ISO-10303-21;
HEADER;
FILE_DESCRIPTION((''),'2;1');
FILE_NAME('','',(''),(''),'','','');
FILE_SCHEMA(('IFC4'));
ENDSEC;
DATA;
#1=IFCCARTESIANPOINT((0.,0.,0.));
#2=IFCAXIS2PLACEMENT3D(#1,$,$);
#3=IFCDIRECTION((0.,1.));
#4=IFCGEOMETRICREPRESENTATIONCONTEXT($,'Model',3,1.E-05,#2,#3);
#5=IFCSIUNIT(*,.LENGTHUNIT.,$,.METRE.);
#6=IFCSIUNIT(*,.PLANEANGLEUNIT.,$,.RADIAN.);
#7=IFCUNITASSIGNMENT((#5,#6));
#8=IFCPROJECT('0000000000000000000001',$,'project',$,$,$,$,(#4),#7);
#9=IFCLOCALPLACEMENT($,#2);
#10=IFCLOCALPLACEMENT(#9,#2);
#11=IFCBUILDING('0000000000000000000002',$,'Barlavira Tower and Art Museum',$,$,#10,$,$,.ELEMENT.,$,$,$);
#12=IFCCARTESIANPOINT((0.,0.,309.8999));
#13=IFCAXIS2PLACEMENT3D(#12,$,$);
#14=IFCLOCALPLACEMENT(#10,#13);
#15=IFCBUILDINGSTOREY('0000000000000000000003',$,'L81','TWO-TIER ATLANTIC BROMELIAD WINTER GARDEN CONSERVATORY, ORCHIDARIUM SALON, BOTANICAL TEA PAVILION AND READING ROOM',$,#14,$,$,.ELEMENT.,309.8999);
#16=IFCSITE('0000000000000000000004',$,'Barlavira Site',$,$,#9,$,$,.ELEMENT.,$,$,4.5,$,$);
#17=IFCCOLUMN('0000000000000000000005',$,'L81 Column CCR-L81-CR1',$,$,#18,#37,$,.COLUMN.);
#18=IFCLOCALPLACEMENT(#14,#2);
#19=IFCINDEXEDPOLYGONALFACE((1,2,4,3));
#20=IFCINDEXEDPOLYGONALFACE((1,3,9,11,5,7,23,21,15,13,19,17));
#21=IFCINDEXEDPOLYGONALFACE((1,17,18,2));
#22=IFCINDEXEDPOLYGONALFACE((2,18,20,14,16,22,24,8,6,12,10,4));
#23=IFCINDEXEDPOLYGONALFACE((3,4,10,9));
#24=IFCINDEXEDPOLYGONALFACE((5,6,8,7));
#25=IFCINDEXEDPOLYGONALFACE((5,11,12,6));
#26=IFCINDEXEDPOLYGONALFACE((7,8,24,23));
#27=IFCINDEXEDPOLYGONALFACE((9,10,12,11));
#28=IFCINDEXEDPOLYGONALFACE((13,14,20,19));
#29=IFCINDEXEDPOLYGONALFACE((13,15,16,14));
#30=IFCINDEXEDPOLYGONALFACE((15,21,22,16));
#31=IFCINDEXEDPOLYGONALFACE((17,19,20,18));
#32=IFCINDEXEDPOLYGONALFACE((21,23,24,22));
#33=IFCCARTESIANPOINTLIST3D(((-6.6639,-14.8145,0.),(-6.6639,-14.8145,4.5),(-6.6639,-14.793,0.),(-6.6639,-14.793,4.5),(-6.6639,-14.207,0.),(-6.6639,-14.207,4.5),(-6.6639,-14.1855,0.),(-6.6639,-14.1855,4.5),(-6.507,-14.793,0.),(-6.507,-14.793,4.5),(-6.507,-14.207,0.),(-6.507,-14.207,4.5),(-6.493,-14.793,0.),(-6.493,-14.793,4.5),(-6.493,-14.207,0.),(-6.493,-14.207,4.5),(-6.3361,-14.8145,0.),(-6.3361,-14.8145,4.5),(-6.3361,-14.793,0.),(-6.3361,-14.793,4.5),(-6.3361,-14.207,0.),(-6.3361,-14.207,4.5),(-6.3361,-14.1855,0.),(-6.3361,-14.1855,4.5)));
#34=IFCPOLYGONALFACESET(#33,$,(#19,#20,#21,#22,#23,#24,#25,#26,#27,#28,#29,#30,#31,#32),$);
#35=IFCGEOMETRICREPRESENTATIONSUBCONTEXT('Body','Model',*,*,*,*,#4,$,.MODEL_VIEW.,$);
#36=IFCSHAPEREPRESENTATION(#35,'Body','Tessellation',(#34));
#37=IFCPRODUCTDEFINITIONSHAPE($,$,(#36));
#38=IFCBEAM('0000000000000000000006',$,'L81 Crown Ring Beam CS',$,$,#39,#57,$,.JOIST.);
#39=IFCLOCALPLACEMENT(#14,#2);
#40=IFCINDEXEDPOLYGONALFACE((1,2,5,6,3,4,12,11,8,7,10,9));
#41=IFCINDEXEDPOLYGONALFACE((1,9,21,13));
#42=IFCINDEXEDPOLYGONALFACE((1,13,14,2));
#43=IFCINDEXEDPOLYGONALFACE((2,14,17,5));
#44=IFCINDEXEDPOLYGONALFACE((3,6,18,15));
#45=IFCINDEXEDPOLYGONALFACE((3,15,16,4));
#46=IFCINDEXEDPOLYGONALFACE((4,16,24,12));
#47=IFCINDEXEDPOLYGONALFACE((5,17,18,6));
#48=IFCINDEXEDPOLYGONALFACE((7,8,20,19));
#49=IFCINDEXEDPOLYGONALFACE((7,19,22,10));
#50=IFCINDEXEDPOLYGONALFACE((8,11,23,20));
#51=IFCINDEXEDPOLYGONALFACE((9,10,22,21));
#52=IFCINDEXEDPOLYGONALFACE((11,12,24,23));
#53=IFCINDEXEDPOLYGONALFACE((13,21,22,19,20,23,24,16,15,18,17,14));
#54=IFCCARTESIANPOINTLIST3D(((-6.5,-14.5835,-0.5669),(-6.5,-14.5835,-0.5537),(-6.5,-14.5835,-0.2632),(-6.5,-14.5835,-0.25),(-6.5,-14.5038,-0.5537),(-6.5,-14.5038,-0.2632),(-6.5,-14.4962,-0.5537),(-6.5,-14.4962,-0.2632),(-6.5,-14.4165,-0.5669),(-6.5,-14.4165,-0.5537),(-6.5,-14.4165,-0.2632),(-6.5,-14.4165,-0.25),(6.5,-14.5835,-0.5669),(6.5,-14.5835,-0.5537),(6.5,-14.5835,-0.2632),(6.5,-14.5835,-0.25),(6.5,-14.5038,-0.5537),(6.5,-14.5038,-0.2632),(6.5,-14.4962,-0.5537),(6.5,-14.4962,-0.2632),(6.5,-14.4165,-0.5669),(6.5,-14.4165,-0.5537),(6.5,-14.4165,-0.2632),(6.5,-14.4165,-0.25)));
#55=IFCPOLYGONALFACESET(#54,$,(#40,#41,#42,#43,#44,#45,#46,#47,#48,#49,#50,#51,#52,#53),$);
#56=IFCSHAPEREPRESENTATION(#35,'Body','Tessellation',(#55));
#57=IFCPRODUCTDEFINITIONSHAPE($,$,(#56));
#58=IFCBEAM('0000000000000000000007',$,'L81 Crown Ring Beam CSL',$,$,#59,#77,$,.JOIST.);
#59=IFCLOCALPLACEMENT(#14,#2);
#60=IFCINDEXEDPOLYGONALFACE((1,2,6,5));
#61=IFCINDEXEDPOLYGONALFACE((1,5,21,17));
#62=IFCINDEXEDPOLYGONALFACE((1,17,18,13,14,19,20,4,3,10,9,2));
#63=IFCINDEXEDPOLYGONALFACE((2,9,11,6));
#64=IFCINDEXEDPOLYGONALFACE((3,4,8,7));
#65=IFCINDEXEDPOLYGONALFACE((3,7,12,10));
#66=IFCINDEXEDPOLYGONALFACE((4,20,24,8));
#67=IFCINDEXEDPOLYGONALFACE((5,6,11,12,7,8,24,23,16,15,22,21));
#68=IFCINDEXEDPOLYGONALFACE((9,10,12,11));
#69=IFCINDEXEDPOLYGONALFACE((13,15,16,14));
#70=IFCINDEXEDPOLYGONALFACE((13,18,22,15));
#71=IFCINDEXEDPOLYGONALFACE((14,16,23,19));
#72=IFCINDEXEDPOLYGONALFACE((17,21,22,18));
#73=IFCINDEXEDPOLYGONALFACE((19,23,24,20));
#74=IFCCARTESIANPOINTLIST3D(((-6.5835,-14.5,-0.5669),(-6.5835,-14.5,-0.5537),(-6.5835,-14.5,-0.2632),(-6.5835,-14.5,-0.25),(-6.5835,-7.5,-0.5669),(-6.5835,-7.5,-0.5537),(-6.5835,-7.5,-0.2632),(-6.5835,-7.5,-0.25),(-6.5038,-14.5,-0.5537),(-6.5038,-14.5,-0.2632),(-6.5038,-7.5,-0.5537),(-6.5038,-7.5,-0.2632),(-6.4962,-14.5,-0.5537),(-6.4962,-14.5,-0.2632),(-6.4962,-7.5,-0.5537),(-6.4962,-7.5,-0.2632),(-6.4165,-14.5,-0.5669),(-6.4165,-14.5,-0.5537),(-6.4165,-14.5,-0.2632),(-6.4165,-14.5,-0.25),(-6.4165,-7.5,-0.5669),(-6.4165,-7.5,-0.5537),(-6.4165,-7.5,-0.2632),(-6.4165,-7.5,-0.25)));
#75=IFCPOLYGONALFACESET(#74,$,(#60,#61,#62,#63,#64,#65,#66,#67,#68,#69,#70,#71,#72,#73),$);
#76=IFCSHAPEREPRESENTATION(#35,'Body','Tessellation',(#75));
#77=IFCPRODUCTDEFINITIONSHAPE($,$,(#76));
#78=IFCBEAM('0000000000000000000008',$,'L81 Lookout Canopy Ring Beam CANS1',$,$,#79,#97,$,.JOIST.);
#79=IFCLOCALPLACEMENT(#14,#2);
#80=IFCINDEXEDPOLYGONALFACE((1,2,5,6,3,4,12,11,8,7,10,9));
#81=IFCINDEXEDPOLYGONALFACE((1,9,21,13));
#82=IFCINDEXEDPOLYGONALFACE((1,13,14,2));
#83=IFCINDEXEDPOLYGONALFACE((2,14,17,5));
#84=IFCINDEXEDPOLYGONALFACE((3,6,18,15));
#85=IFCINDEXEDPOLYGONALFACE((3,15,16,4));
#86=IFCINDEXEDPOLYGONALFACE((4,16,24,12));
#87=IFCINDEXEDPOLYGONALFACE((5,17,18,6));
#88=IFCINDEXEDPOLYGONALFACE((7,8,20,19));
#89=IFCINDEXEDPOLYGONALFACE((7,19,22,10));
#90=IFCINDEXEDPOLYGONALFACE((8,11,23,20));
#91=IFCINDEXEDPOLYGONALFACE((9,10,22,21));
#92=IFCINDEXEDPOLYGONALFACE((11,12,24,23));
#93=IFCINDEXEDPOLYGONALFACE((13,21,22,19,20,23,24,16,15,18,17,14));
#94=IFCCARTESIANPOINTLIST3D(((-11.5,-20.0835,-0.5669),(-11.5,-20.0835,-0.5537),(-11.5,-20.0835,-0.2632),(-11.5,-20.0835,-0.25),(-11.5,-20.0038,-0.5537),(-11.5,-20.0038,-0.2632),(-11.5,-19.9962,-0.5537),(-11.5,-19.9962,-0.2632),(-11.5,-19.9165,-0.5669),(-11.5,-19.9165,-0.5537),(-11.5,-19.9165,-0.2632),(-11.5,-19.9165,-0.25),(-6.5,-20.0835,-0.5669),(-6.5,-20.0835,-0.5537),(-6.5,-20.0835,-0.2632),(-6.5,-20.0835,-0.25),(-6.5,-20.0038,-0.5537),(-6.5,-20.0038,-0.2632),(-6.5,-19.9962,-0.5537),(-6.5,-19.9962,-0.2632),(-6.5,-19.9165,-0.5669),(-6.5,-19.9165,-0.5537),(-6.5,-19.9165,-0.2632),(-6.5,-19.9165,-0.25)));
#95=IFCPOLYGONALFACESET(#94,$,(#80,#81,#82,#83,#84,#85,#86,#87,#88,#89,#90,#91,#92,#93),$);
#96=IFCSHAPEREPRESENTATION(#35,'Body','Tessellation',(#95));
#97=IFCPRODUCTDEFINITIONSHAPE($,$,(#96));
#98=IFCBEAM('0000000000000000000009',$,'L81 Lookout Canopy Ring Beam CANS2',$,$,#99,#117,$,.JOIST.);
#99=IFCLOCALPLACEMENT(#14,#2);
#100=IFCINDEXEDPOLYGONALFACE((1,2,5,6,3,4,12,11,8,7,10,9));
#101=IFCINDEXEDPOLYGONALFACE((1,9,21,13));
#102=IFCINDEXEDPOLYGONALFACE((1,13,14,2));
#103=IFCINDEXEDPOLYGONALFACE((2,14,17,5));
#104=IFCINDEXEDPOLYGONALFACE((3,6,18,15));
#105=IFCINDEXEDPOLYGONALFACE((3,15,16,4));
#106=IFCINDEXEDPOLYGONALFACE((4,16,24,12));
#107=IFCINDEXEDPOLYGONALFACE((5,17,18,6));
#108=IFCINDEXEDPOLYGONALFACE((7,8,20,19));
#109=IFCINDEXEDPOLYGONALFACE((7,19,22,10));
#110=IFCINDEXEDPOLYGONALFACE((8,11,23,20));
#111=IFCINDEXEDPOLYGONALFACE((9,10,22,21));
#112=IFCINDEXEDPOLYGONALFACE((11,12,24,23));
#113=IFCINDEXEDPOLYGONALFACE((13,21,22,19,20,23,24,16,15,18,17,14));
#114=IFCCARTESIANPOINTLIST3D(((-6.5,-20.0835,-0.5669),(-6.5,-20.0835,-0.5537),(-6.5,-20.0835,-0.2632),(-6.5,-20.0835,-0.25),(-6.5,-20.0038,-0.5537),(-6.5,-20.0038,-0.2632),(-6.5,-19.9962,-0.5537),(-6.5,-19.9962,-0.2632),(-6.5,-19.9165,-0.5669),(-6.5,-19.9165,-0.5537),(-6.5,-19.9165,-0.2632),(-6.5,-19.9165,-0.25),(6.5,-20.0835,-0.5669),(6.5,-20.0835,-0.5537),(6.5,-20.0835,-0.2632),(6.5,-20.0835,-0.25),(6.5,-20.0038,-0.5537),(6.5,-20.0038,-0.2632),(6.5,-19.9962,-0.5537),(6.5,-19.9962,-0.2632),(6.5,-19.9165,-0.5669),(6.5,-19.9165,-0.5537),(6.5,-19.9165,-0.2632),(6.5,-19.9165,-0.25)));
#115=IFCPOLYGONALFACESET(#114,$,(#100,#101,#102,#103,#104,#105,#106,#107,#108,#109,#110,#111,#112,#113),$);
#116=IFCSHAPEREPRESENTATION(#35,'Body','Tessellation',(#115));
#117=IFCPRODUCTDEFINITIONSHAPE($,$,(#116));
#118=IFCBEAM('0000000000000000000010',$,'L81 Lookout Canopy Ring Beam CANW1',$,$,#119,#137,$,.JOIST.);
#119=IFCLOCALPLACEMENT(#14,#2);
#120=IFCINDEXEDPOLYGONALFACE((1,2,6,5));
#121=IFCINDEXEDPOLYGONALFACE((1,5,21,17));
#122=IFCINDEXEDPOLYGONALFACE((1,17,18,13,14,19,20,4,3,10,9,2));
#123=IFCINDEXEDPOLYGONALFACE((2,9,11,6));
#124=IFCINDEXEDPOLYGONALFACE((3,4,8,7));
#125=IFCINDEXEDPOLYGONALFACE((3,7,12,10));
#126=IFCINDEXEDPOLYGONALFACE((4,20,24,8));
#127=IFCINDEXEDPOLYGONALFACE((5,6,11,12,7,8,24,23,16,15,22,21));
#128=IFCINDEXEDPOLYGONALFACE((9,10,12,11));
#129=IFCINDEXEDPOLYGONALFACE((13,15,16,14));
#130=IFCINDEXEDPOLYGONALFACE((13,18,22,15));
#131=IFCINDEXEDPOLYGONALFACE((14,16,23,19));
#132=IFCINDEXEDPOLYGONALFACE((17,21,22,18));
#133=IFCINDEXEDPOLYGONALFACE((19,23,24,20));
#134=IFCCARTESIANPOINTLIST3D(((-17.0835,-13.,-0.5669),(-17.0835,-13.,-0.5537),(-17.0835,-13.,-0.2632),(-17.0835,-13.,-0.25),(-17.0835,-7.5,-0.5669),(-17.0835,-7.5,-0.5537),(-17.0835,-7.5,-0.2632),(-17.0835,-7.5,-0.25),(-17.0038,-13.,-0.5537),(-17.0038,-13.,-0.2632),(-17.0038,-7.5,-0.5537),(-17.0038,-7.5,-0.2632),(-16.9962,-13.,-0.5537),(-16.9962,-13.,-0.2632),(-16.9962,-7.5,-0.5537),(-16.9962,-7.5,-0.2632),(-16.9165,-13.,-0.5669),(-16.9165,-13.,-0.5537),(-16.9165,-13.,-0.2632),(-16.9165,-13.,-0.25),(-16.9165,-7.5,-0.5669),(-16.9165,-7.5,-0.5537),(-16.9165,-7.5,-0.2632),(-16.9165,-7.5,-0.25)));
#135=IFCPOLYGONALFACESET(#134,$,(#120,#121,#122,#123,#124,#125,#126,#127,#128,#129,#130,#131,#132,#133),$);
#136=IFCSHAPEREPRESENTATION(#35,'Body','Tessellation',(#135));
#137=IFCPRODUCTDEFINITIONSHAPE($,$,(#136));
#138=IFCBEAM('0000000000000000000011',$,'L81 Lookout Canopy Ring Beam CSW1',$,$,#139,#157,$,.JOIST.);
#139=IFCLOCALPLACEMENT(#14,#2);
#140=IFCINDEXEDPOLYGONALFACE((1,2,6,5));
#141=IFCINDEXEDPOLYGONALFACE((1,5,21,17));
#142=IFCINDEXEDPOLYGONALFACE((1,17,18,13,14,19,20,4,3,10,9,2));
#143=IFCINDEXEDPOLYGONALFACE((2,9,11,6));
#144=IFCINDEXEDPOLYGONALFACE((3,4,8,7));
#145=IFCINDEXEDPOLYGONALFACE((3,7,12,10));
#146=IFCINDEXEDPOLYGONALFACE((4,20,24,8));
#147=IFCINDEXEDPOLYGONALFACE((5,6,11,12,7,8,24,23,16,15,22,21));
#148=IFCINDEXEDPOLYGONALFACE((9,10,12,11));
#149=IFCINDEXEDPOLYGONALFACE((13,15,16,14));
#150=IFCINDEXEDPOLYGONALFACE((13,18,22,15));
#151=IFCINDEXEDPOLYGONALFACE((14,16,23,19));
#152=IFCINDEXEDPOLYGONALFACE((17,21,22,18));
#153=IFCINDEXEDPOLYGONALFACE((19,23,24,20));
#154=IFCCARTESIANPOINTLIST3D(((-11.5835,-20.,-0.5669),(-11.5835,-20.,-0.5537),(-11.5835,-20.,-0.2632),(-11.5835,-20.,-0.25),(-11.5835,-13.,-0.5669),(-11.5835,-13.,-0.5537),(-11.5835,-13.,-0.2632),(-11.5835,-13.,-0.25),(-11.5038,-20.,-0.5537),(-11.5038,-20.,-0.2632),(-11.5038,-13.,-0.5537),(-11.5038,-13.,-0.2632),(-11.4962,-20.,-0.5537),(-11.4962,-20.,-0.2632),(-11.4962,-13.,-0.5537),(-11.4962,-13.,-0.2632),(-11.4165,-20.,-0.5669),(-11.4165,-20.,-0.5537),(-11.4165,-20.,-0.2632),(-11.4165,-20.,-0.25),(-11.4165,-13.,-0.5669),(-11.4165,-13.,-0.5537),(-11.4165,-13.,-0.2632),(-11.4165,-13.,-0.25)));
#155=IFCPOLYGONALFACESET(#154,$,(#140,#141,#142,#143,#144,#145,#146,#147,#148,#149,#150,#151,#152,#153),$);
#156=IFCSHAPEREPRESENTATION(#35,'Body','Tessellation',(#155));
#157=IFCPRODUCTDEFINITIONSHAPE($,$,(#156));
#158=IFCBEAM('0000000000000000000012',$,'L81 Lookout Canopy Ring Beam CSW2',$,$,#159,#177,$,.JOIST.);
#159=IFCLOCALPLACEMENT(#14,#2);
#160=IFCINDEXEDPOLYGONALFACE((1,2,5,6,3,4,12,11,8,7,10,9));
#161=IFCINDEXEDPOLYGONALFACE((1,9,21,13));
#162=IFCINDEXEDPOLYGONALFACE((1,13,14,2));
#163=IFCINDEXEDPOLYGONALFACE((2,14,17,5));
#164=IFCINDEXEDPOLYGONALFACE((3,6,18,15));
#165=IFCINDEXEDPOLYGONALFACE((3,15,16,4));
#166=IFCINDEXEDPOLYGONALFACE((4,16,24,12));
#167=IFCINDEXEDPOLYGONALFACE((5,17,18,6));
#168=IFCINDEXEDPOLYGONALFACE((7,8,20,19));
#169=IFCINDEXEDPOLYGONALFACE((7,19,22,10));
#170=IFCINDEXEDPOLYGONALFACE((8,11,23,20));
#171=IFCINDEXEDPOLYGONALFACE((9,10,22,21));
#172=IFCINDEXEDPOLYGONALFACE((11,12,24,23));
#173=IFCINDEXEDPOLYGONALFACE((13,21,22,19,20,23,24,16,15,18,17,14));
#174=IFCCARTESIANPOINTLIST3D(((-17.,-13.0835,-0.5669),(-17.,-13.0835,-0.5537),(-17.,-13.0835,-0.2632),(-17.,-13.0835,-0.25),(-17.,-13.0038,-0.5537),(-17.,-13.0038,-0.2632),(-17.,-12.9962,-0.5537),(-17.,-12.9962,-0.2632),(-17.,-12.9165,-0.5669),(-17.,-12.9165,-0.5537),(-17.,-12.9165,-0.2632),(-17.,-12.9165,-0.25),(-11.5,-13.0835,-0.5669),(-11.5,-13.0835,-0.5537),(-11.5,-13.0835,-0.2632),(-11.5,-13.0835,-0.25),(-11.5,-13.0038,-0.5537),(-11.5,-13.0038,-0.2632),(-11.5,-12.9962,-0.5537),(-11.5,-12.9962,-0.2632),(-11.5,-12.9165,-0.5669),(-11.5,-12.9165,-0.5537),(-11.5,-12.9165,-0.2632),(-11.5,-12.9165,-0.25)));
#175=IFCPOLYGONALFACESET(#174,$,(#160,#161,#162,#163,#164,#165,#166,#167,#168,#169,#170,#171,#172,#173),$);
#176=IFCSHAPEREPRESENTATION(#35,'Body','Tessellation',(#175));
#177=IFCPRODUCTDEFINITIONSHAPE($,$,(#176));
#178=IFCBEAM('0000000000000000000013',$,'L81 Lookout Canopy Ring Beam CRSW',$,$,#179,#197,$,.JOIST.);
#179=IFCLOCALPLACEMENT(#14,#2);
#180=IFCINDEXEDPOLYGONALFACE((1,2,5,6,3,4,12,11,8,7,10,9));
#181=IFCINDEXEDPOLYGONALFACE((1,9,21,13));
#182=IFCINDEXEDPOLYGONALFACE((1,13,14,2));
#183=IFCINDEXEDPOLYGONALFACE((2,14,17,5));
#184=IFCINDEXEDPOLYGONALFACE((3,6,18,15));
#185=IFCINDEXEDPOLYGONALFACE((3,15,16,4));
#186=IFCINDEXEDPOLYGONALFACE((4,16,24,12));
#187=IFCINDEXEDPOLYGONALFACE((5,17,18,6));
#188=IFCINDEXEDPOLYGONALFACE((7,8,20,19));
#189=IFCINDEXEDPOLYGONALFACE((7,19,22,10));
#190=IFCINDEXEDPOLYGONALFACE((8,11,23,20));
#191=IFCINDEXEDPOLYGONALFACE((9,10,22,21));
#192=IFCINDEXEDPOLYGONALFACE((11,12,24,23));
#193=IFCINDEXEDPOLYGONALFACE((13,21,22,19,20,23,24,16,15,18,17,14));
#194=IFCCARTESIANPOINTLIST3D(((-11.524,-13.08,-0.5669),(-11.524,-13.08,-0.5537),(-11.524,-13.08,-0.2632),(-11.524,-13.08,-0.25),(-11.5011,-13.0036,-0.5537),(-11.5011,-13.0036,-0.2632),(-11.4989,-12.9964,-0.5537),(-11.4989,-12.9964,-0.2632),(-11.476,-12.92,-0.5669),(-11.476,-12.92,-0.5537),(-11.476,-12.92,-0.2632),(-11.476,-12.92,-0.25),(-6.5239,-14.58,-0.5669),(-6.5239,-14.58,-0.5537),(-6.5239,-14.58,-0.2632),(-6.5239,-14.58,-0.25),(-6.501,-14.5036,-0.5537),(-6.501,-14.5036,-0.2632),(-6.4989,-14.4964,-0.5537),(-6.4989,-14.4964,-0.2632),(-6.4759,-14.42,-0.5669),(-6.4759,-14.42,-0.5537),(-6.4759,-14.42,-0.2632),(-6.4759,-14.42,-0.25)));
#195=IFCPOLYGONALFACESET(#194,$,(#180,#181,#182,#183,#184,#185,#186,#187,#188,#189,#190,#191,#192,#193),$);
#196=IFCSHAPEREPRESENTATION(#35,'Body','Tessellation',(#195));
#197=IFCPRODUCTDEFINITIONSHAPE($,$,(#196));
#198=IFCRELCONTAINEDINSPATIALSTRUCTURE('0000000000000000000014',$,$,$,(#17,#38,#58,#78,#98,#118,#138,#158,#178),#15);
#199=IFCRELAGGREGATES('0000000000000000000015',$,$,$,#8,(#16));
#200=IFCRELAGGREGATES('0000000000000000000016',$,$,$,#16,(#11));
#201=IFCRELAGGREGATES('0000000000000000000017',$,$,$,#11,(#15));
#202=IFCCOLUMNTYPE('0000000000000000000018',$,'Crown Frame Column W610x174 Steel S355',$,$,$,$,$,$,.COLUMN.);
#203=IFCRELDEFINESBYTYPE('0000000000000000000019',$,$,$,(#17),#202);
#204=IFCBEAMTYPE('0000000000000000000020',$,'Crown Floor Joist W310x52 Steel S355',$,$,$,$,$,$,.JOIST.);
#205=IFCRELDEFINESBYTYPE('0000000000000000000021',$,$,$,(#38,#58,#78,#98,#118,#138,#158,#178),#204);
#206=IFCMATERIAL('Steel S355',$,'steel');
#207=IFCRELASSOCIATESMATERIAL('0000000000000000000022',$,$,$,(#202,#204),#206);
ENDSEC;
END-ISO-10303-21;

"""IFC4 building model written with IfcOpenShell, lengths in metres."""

from ifc_helpers import new_model, si_unit, direction, frame, origin, origin_2d, place, context, subcontext, project, spatial, i_section, extrude, material, material_profile, profile_set, type_object, element, save


model = new_model("IFC4")

# Units and contexts
model_context = context("Model", 3, precision=1e-05, world=origin(), true_north=direction((0.0, 1.0)))
body_context = subcontext(model_context, "Body", "Model", "MODEL_VIEW")
ifc_project = project(units=[si_unit("LENGTHUNIT", "METRE"), si_unit("PLANEANGLEUNIT", "RADIAN")], contexts=[model_context])

# Site, building, storey
site_placement = place(None, origin())
site = spatial("IfcSite", under=ifc_project, at=site_placement, Name="Barlavira Site", CompositionType="ELEMENT", RefElevation=4.5)
building_placement = place(site_placement, origin())
building = spatial("IfcBuilding", under=site, at=building_placement, Name="Barlavira Tower and Art Museum", CompositionType="ELEMENT")
storey_placement = place(building_placement, frame((0.0, 0.0, 309.8999)))
storey = spatial("IfcBuildingStorey", under=building, at=storey_placement, Name="L81", Description="TWO-TIER ATLANTIC BROMELIAD WINTER GARDEN CONSERVATORY, ORCHIDARIUM SALON, BOTANICAL TEA PAVILION AND READING ROOM", CompositionType="ELEMENT", Elevation=309.8999)

# Column
ifc_material_1 = material(Name="Steel S355", Category="steel")
ifc_material_profile_1 = material_profile(ifc_material_1, i_section(OverallWidth=0.3279, OverallDepth=0.6289, WebThickness=0.0139, FlangeThickness=0.0215, at=origin_2d()), Name="W610x174.0")
ifc_profile_set_1 = profile_set([ifc_material_profile_1], Name="Steel S355")
column_type = type_object("IfcColumnType", Name="Crown Frame Column W610x174 Steel S355", PredefinedType="COLUMN", material=ifc_profile_set_1)
column_placement = place(storey_placement, frame((-6.5, -14.5, 0.0), z_axis=(0.0, 0.0, 1.0), x_axis=(1.0, 0.0, 0.0)))
element("IfcColumn", 1, at=column_placement, inside=storey, type_object=column_type, Name="L81 Column CCR-L81-CR1", PredefinedType="COLUMN", context=body_context, shape_type="SweptSolid", body=[
    extrude(i_section(OverallWidth=0.3279, OverallDepth=0.6289, WebThickness=0.0139, FlangeThickness=0.0215, at=origin_2d()), origin(), (0.0, 0.0, 1.0), 4.5),
])

# Beams
ifc_material_profile_2 = material_profile(ifc_material_1, i_section(OverallWidth=0.167, OverallDepth=0.3169, WebThickness=0.0076, FlangeThickness=0.0132, at=origin_2d()), Name="W310x52.0")
ifc_profile_set_2 = profile_set([ifc_material_profile_2], Name="Steel S355")
beam_type = type_object("IfcBeamType", Name="Crown Floor Joist W310x52 Steel S355", PredefinedType="JOIST", material=ifc_profile_set_2)
beam_1_placement = place(storey_placement, frame((-6.5, -14.5, -0.4084), z_axis=(1.0, 0.0, 0.0), x_axis=(0.0, 1.0, 0.0)))
element("IfcBeam", 2, at=beam_1_placement, inside=storey, type_object=beam_type, Name="L81 Crown Ring Beam CS", PredefinedType="JOIST", context=body_context, shape_type="SweptSolid", body=[
    extrude(i_section(OverallWidth=0.167, OverallDepth=0.3169, WebThickness=0.0076, FlangeThickness=0.0132, at=origin_2d()), origin(), (0.0, 0.0, 1.0), 13.0),
])
beam_2_placement = place(storey_placement, frame((-6.5, -14.5, -0.4084), z_axis=(0.0, 1.0, 0.0), x_axis=(-1.0, 0.0, 0.0)))
element("IfcBeam", 3, at=beam_2_placement, inside=storey, type_object=beam_type, Name="L81 Crown Ring Beam CSL", PredefinedType="JOIST", context=body_context, shape_type="SweptSolid", body=[
    extrude(i_section(OverallWidth=0.167, OverallDepth=0.3169, WebThickness=0.0076, FlangeThickness=0.0132, at=origin_2d()), origin(), (0.0, 0.0, 1.0), 7.0),
])
beam_3_placement = place(storey_placement, frame((-11.5, -20.0, -0.4084), z_axis=(1.0, 0.0, 0.0), x_axis=(0.0, 1.0, 0.0)))
element("IfcBeam", 4, at=beam_3_placement, inside=storey, type_object=beam_type, Name="L81 Lookout Canopy Ring Beam CANS1", PredefinedType="JOIST", context=body_context, shape_type="SweptSolid", body=[
    extrude(i_section(OverallWidth=0.167, OverallDepth=0.3169, WebThickness=0.0076, FlangeThickness=0.0132, at=origin_2d()), origin(), (0.0, 0.0, 1.0), 5.0),
])
beam_4_placement = place(storey_placement, frame((-6.5, -20.0, -0.4084), z_axis=(1.0, 0.0, 0.0), x_axis=(0.0, 1.0, 0.0)))
element("IfcBeam", 5, at=beam_4_placement, inside=storey, type_object=beam_type, Name="L81 Lookout Canopy Ring Beam CANS2", PredefinedType="JOIST", context=body_context, shape_type="SweptSolid", body=[
    extrude(i_section(OverallWidth=0.167, OverallDepth=0.3169, WebThickness=0.0076, FlangeThickness=0.0132, at=origin_2d()), origin(), (0.0, 0.0, 1.0), 13.0),
])
beam_5_placement = place(storey_placement, frame((-17.0, -13.0, -0.4084), z_axis=(0.0, 1.0, 0.0), x_axis=(-1.0, 0.0, 0.0)))
element("IfcBeam", 6, at=beam_5_placement, inside=storey, type_object=beam_type, Name="L81 Lookout Canopy Ring Beam CANW1", PredefinedType="JOIST", context=body_context, shape_type="SweptSolid", body=[
    extrude(i_section(OverallWidth=0.167, OverallDepth=0.3169, WebThickness=0.0076, FlangeThickness=0.0132, at=origin_2d()), origin(), (0.0, 0.0, 1.0), 5.5),
])
beam_6_placement = place(storey_placement, frame((-11.5, -20.0, -0.4084), z_axis=(0.0, 1.0, 0.0), x_axis=(-1.0, 0.0, 0.0)))
element("IfcBeam", 7, at=beam_6_placement, inside=storey, type_object=beam_type, Name="L81 Lookout Canopy Ring Beam CSW1", PredefinedType="JOIST", context=body_context, shape_type="SweptSolid", body=[
    extrude(i_section(OverallWidth=0.167, OverallDepth=0.3169, WebThickness=0.0076, FlangeThickness=0.0132, at=origin_2d()), origin(), (0.0, 0.0, 1.0), 7.0),
])
beam_7_placement = place(storey_placement, frame((-17.0, -13.0, -0.4084), z_axis=(1.0, 0.0, 0.0), x_axis=(0.0, 1.0, 0.0)))
element("IfcBeam", 8, at=beam_7_placement, inside=storey, type_object=beam_type, Name="L81 Lookout Canopy Ring Beam CSW2", PredefinedType="JOIST", context=body_context, shape_type="SweptSolid", body=[
    extrude(i_section(OverallWidth=0.167, OverallDepth=0.3169, WebThickness=0.0076, FlangeThickness=0.0132, at=origin_2d()), origin(), (0.0, 0.0, 1.0), 5.5),
])
beam_8_placement = place(storey_placement, frame((-11.5, -13.0, -0.4084), z_axis=(0.957826, -0.287348, 0.0), x_axis=(0.287348, 0.957826, 0.0)))
element("IfcBeam", 9, at=beam_8_placement, inside=storey, type_object=beam_type, Name="L81 Lookout Canopy Ring Beam CRSW", PredefinedType="JOIST", context=body_context, shape_type="SweptSolid", body=[
    extrude(i_section(OverallWidth=0.167, OverallDepth=0.3169, WebThickness=0.0076, FlangeThickness=0.0132, at=origin_2d()), origin(), (0.0, 0.0, 1.0), 5.2202),
])

save(model, "model.ifc")
